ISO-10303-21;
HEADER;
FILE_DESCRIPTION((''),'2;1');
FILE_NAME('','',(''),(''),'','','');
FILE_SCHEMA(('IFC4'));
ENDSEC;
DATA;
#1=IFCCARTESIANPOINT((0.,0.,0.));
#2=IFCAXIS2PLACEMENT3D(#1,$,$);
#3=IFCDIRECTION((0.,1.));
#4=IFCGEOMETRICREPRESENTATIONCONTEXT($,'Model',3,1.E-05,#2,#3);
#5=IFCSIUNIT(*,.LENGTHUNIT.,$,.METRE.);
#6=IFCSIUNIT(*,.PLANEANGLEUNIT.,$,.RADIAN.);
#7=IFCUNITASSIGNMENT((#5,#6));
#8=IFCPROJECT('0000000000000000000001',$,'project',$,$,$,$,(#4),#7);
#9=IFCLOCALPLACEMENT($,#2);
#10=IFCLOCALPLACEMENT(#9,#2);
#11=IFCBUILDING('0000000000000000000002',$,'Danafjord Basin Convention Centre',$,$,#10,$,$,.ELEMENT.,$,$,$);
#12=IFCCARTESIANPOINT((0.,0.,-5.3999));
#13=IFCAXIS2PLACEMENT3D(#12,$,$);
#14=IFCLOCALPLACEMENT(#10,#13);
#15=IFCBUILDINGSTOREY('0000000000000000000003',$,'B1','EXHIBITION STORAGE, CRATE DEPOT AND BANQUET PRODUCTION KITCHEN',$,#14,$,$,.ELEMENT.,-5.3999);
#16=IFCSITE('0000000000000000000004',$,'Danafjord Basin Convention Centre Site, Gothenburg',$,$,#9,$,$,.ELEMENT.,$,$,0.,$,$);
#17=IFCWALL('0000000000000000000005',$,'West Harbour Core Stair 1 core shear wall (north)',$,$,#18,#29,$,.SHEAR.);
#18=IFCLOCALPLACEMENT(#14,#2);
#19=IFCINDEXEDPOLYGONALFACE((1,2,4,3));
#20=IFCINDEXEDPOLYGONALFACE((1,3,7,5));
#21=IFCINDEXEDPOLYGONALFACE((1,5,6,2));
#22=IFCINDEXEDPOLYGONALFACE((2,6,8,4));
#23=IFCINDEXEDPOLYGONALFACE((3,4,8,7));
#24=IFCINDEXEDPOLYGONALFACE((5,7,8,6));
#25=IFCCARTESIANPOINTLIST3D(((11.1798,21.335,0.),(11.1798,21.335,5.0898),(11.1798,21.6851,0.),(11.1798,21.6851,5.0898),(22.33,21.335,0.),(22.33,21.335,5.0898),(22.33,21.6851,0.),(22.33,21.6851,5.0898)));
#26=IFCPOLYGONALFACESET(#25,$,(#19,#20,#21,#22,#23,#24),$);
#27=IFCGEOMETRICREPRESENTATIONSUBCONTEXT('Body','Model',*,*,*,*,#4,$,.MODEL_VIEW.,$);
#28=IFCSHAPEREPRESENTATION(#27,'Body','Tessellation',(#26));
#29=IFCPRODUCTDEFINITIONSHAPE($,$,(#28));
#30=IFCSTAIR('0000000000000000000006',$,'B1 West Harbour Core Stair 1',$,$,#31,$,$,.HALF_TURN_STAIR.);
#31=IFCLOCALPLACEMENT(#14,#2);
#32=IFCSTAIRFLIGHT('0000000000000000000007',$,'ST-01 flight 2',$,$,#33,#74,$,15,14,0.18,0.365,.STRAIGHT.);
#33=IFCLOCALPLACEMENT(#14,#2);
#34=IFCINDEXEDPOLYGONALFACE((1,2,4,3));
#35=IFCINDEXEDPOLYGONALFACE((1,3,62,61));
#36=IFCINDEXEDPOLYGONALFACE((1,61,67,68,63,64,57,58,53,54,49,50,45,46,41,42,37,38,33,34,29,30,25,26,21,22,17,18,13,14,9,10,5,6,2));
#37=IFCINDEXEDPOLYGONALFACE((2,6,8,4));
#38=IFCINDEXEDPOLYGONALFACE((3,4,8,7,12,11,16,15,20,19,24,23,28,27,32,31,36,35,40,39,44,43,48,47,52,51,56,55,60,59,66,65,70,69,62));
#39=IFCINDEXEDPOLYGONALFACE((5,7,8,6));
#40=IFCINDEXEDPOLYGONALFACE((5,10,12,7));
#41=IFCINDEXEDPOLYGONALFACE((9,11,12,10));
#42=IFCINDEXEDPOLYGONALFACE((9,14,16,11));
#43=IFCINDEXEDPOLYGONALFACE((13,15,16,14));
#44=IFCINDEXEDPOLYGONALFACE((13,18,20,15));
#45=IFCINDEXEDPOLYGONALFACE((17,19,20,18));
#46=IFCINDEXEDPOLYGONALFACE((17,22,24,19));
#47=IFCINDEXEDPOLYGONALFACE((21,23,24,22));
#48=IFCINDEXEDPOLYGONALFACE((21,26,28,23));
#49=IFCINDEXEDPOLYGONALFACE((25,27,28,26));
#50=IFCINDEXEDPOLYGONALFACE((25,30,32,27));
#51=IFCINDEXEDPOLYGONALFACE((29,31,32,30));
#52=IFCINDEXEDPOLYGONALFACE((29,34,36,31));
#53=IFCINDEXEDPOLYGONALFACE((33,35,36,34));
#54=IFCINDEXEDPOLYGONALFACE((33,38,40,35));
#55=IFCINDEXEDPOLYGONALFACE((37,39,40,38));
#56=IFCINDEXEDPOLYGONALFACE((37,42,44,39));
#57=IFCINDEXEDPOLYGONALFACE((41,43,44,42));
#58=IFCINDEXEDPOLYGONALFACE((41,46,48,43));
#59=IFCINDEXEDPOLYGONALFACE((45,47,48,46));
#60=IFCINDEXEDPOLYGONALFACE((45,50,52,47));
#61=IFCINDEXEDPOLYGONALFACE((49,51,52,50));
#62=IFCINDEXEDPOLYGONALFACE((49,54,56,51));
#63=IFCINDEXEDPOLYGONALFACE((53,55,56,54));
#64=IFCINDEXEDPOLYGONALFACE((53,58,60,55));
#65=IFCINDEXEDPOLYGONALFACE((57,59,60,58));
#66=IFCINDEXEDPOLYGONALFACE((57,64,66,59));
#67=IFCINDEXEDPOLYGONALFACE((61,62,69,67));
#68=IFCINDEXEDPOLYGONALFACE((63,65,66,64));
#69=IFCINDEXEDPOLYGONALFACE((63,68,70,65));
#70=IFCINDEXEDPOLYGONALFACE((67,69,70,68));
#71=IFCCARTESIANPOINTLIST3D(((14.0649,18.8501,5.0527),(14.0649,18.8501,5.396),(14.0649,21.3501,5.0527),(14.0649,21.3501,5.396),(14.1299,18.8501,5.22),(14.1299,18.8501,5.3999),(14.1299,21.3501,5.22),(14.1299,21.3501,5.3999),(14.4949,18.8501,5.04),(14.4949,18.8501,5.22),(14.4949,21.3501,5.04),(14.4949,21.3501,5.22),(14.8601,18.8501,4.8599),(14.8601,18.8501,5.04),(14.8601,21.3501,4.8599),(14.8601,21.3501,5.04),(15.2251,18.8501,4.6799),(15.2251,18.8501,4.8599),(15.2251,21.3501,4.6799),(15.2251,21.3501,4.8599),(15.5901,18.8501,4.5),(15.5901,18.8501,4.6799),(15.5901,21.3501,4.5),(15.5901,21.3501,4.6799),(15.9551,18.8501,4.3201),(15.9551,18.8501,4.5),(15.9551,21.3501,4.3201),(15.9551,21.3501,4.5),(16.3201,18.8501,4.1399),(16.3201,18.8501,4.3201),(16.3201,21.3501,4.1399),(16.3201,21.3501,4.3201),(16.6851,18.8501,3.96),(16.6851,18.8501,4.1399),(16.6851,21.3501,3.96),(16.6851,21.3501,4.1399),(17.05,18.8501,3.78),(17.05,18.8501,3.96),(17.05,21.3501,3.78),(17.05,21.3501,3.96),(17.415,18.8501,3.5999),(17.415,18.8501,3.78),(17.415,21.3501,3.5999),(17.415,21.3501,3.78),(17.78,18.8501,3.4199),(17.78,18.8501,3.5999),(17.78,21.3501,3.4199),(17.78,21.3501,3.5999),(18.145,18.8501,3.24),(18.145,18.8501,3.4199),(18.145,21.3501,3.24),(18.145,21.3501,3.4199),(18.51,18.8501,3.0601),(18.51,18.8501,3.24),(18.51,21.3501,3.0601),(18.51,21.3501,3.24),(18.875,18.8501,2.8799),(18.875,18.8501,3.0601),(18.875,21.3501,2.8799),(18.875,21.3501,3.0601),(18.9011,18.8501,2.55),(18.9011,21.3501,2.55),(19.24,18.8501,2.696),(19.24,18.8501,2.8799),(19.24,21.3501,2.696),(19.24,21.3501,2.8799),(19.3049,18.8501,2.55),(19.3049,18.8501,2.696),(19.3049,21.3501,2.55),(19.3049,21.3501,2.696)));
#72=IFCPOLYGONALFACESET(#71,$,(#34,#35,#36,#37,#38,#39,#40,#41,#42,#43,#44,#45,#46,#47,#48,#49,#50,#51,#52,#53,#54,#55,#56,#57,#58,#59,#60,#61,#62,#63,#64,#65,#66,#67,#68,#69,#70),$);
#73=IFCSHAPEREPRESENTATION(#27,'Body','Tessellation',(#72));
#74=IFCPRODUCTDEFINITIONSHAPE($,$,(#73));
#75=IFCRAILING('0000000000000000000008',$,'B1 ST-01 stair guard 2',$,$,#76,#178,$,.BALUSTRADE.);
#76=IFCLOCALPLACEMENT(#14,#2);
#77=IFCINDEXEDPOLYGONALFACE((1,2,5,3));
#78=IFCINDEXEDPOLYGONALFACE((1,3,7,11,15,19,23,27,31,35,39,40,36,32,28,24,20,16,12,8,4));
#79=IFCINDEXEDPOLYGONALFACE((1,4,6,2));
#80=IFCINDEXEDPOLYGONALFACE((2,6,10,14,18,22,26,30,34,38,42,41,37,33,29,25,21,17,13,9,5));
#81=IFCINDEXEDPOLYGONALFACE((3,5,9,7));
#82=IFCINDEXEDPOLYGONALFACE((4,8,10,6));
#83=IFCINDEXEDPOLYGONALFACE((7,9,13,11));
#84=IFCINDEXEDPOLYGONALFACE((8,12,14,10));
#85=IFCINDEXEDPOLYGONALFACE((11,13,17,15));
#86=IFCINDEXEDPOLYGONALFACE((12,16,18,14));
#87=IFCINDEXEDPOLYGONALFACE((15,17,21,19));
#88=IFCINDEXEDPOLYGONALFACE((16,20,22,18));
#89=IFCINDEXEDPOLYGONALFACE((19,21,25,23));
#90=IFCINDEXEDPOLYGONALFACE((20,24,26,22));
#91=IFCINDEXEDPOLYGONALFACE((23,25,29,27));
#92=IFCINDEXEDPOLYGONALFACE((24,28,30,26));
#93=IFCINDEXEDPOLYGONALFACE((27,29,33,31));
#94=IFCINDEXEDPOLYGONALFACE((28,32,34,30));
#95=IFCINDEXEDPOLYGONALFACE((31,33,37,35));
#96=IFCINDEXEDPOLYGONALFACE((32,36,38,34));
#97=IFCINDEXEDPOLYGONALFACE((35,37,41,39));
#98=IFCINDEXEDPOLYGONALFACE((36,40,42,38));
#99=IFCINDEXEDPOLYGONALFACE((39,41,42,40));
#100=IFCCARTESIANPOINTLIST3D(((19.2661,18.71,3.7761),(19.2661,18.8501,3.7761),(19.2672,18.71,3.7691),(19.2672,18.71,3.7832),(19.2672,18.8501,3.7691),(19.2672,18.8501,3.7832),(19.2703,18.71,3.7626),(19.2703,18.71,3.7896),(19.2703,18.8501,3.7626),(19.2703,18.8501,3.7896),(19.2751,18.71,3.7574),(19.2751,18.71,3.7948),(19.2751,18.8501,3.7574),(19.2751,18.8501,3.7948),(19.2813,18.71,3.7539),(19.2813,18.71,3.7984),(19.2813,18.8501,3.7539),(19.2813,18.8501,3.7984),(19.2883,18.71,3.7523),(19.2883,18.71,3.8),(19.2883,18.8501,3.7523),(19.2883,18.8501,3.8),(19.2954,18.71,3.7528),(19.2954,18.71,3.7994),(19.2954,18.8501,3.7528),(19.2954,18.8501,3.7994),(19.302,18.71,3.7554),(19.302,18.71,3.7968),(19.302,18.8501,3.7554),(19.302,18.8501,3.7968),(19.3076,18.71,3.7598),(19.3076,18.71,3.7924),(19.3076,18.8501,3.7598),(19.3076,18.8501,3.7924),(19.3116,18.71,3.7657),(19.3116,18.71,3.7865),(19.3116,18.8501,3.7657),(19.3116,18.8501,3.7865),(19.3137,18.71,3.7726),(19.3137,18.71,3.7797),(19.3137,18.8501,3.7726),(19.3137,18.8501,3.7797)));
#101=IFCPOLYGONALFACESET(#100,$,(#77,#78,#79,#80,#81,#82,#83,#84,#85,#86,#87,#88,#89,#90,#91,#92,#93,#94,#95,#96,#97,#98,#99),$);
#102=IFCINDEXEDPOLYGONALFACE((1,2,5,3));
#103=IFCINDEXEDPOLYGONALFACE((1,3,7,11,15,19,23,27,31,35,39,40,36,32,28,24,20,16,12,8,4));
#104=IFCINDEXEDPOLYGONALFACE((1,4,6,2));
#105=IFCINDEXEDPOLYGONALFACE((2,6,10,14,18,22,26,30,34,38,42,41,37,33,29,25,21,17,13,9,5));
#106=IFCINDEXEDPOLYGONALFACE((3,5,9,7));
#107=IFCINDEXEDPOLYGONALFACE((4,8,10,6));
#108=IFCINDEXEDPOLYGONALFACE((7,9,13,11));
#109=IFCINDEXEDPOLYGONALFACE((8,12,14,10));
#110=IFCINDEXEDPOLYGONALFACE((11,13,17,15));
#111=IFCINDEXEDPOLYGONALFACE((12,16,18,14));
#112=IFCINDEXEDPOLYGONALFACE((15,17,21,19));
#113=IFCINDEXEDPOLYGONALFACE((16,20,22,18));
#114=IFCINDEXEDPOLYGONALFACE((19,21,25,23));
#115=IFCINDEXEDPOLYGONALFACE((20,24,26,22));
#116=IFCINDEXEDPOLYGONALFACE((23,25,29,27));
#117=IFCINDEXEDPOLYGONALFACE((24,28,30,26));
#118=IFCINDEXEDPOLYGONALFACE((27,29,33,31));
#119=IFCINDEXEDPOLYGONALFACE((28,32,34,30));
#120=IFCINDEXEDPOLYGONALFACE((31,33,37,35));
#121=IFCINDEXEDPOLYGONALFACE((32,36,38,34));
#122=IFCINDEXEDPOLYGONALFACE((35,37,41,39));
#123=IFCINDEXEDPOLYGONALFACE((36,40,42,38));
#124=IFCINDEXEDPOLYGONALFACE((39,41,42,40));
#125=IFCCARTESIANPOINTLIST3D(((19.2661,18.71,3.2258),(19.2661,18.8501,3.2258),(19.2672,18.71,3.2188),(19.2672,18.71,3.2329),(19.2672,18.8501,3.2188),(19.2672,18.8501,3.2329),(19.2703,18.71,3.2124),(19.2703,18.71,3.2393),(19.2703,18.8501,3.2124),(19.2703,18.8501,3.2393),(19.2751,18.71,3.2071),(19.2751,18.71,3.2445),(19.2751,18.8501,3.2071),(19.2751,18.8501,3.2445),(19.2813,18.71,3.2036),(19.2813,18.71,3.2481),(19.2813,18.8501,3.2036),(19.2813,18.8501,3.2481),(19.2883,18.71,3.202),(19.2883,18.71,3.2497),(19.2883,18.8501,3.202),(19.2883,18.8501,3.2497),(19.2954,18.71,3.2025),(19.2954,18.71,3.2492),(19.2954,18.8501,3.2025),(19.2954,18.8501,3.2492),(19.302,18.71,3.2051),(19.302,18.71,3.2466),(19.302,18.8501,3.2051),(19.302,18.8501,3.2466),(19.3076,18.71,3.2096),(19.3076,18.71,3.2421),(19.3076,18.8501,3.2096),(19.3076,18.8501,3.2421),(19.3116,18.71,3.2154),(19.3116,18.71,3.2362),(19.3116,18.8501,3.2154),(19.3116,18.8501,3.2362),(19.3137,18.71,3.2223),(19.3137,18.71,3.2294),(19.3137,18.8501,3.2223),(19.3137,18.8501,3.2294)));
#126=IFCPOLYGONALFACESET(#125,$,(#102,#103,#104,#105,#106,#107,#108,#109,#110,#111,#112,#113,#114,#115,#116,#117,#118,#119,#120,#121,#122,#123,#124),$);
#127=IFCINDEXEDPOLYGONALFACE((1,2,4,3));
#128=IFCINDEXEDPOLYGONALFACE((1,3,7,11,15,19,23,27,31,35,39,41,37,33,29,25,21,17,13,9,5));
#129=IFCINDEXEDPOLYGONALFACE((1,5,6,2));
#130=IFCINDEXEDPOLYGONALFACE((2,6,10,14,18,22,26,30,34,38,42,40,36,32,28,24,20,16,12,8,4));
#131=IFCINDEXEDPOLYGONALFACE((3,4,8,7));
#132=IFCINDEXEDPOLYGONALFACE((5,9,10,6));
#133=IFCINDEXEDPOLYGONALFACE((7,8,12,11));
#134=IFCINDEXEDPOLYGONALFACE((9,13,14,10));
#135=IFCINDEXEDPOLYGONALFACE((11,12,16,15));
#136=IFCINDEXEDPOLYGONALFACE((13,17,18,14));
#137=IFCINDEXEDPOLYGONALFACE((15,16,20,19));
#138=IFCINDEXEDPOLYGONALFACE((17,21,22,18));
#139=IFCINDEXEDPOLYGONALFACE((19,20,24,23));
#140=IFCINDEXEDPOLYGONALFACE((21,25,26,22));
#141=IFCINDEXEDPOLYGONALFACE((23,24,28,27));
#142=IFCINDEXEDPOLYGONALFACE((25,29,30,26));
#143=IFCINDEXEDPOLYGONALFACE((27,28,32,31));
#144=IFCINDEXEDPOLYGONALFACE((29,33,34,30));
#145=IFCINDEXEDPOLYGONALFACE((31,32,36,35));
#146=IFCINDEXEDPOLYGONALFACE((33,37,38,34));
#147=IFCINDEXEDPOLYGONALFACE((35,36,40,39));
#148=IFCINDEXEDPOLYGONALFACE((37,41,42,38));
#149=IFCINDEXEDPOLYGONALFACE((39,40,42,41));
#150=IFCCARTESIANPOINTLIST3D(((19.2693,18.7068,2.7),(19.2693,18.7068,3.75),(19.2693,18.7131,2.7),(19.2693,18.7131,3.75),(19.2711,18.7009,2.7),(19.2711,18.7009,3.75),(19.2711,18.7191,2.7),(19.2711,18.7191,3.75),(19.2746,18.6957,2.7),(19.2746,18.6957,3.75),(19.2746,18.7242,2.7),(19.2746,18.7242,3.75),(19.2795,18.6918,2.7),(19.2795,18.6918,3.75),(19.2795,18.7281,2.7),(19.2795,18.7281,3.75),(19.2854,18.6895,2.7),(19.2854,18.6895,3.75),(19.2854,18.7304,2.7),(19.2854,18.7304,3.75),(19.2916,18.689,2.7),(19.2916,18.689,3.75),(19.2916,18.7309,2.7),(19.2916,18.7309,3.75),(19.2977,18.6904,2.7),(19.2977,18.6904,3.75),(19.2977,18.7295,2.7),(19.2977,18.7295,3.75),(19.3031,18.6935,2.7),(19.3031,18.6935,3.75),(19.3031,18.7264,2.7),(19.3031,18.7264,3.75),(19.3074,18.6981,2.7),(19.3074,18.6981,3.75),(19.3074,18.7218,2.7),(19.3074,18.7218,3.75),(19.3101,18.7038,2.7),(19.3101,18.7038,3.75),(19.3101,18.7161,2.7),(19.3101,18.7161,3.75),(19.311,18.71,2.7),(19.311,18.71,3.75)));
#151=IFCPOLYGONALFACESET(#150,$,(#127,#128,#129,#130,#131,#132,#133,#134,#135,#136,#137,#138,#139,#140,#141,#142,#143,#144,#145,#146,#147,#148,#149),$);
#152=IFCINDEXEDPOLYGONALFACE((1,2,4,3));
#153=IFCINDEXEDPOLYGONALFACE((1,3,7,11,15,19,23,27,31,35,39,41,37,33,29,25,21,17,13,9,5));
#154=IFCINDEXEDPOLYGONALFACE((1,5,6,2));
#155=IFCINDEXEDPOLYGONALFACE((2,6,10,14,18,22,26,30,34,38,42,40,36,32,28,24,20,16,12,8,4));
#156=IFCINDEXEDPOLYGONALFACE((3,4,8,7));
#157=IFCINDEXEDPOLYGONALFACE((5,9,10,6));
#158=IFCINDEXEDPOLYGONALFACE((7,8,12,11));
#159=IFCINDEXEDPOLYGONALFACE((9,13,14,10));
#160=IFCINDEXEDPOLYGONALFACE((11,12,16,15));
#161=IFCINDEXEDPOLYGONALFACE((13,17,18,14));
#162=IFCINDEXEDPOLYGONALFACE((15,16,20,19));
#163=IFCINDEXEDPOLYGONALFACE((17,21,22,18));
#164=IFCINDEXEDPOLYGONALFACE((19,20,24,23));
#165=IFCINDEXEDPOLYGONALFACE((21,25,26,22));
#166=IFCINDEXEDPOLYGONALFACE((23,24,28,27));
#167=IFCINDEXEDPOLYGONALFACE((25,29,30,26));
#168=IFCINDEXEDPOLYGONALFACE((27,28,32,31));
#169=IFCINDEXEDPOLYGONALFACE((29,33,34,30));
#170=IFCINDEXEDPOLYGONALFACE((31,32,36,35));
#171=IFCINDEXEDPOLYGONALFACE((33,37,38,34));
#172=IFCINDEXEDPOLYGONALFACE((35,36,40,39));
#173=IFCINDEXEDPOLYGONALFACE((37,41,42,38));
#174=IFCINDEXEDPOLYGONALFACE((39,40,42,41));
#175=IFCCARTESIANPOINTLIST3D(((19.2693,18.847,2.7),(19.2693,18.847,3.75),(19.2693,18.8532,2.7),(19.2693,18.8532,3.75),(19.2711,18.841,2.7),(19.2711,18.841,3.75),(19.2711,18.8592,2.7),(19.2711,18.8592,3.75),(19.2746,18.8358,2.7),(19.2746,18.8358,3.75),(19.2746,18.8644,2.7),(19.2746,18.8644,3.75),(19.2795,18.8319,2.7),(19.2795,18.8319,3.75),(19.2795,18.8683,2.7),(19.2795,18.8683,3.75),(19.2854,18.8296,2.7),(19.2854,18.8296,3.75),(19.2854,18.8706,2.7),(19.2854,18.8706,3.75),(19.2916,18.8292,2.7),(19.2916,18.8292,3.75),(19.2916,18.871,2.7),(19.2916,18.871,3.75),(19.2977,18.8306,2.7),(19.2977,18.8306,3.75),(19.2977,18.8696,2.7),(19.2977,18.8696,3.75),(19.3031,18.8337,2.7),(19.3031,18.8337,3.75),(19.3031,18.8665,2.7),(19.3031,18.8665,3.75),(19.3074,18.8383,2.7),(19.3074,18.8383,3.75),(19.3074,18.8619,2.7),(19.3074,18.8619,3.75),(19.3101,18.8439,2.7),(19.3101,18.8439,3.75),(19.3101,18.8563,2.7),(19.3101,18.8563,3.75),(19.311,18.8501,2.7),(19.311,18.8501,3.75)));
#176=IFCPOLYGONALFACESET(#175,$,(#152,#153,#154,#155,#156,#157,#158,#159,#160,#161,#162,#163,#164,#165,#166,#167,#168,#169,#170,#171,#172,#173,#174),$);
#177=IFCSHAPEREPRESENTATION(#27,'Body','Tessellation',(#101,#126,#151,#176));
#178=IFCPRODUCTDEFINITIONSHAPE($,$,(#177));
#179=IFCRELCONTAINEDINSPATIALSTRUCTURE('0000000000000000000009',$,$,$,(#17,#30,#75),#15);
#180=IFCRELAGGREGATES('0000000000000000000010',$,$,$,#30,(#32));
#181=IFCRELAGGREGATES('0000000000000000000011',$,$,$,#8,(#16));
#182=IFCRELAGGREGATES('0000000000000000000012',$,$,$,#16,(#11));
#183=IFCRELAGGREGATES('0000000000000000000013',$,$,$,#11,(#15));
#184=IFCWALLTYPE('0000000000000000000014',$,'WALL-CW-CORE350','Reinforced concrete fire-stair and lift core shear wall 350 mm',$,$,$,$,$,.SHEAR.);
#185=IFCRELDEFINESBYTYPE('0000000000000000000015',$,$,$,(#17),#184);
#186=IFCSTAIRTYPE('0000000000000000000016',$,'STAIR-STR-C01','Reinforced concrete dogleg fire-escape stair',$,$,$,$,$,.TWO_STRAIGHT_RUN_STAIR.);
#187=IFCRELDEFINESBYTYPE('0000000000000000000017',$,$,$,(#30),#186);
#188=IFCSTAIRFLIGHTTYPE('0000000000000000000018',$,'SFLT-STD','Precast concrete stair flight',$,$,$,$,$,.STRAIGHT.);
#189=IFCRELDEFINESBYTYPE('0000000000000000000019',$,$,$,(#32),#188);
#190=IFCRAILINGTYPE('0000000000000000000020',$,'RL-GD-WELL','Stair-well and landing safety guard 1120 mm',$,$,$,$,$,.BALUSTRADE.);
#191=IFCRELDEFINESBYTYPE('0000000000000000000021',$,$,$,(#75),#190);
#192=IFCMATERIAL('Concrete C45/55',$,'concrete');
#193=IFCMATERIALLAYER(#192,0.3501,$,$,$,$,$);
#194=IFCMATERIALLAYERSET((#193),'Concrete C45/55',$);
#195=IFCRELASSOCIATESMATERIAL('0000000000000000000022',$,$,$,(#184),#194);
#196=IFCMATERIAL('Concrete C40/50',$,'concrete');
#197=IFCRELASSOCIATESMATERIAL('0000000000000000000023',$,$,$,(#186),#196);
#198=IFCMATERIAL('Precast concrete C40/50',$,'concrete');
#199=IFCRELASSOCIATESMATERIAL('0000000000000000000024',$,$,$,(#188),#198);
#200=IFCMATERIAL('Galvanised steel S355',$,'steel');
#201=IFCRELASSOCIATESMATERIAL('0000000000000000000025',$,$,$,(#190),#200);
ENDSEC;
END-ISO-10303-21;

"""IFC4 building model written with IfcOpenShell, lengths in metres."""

from ifc_helpers import new_model, si_unit, direction, frame, frame_2d, origin, origin_2d, place, context, subcontext, project, spatial, polyline, rectangle, circle, outline, extrude, material, layer, layer_set, type_object, element, aggregate, save


model = new_model("IFC4")

# Units and contexts
model_context = context("Model", 3, precision=1e-05, world=origin(), true_north=direction((0.0, 1.0)))
body_context = subcontext(model_context, "Body", "Model", "MODEL_VIEW")
ifc_project = project(units=[si_unit("LENGTHUNIT", "METRE"), si_unit("PLANEANGLEUNIT", "RADIAN")], contexts=[model_context])

# Site, building, storey
site_placement = place(None, origin())
site = spatial("IfcSite", under=ifc_project, at=site_placement, Name="Danafjord Basin Convention Centre Site, Gothenburg", CompositionType="ELEMENT", RefElevation=0.0)
building_placement = place(site_placement, origin())
building = spatial("IfcBuilding", under=site, at=building_placement, Name="Danafjord Basin Convention Centre", CompositionType="ELEMENT")
storey_placement = place(building_placement, frame((0.0, 0.0, -5.3999)))
storey = spatial("IfcBuildingStorey", under=building, at=storey_placement, Name="B1", Description="EXHIBITION STORAGE, CRATE DEPOT AND BANQUET PRODUCTION KITCHEN", CompositionType="ELEMENT", Elevation=-5.3999)

# Shared definitions
ifc_material_1 = material(Name="Concrete C40/50", Category="concrete")

# Shared definitions
ifc_material_2 = material(Name="Concrete C45/55", Category="concrete")

# Wall
ifc_layer_1 = layer(ifc_material_2, 0.3501)
ifc_layer_set_1 = layer_set([ifc_layer_1], Name="Concrete C45/55")
wall_type = type_object("IfcWallType", Name="WALL-CW-CORE350", Description="Reinforced concrete fire-stair and lift core shear wall 350 mm", PredefinedType="SHEAR", material=ifc_layer_set_1)
wall_1_placement = place(storey_placement, frame((22.3301, 21.51, 0.0), z_axis=(0.0, 0.0, 1.0), x_axis=(-1.0, 0.0, 0.0)))
element("IfcWall", 1, at=wall_1_placement, inside=storey, type_object=wall_type, Name="West Harbour Core Stair 1 core shear wall (north)", PredefinedType="SHEAR", context=body_context, shape_type="SweptSolid", body=[
    extrude(rectangle(XDim=11.1501, YDim=0.3501, at=frame_2d((5.5752, 0.0))), origin(), (0.0, 0.0, 1.0), 5.0898),
])

# Stair, stair flight
stair_type = type_object("IfcStairType", Name="STAIR-STR-C01", Description="Reinforced concrete dogleg fire-escape stair", PredefinedType="TWO_STRAIGHT_RUN_STAIR", material=ifc_material_1)
stair_placement = place(storey_placement, origin())
stair = element("IfcStair", 2, at=stair_placement, inside=storey, type_object=stair_type, Name="B1 West Harbour Core Stair 1", PredefinedType="HALF_TURN_STAIR")
ifc_material_3 = material(Name="Precast concrete C40/50", Category="concrete")
stair_flight_type = type_object("IfcStairFlightType", Name="SFLT-STD", Description="Precast concrete stair flight", PredefinedType="STRAIGHT", material=ifc_material_3)
stair_flight_placement = place(storey_placement, frame((19.24, 20.1001, 2.7), z_axis=(0.0, 0.0, 1.0), x_axis=(-1.0, 0.0, 0.0)))
stair_flight = element("IfcStairFlight", 3, at=stair_flight_placement, type_object=stair_flight_type, Name="ST-01 flight 2", NumberOfRisers=15, NumberOfTreads=14, PredefinedType="STRAIGHT", RiserHeight=0.18, TreadLength=0.365, context=body_context, shape_type="SweptSolid", body=[
    extrude(outline(polyline([(-0.0649, -0.1499), (-0.0649, -0.0039), (0.0, -0.0039), (0.0, 0.1799), (0.365, 0.1799), (0.365, 0.3601), (0.73, 0.3601), (0.73, 0.54), (1.095, 0.54), (1.095, 0.72), (1.46, 0.72), (1.46, 0.8999), (1.825, 0.8999), (1.825, 1.0801), (2.1899, 1.0801), (2.1899, 1.26), (2.5549, 1.26), (2.5549, 1.4399), (2.9199, 1.4399), (2.9199, 1.6201), (3.2849, 1.6201), (3.2849, 1.8), (3.6499, 1.8), (3.6499, 1.98), (4.0149, 1.98), (4.0149, 2.1599), (4.3799, 2.1599), (4.3799, 2.3401), (4.7451, 2.3401), (4.7451, 2.52), (5.1101, 2.52), (5.1101, 2.7), (5.175, 2.696), (5.175, 2.3528), (0.3389, -0.1499), (-0.0649, -0.1499)])), frame((0.0, 1.25, 0.0), z_axis=(0.0, -1.0, 0.0), x_axis=(1.0, 0.0, 0.0)), (0.0, 0.0, 1.0), 2.5),
])
aggregate(stair, [stair_flight])

# Railing
ifc_material_4 = material(Name="Galvanised steel S355", Category="steel")
railing_type_1 = type_object("IfcRailingType", Name="RL-GD-WELL", Description="Stair-well and landing safety guard 1120 mm", PredefinedType="BALUSTRADE", material=ifc_material_4)
railing_1_placement = place(storey_placement, frame((19.29, 18.71, 2.7)))
element("IfcRailing", 4, at=railing_1_placement, inside=storey, type_object=railing_type_1, Name="B1 ST-01 stair guard 2", PredefinedType="BALUSTRADE", context=body_context, shape_type="SweptSolid", body=[
    extrude(circle(Radius=0.0239, at=origin_2d()), frame((0.0, 0.0, 1.0762), z_axis=(0.0, 1.0, 0.0), x_axis=(-1.0, 0.0, 0.0)), (0.0, 0.0, 1.0), 0.1401),
    extrude(circle(Radius=0.0239, at=origin_2d()), frame((0.0, 0.0, 0.5259), z_axis=(0.0, 1.0, 0.0), x_axis=(-1.0, 0.0, 0.0)), (0.0, 0.0, 1.0), 0.1401),
    extrude(circle(Radius=0.021, at=origin_2d()), origin(), (0.0, 0.0, 1.0), 1.05),
    extrude(circle(Radius=0.021, at=origin_2d()), frame((0.0, 0.1401, 0.0)), (0.0, 0.0, 1.0), 1.05),
])

save(model, "model.ifc")
